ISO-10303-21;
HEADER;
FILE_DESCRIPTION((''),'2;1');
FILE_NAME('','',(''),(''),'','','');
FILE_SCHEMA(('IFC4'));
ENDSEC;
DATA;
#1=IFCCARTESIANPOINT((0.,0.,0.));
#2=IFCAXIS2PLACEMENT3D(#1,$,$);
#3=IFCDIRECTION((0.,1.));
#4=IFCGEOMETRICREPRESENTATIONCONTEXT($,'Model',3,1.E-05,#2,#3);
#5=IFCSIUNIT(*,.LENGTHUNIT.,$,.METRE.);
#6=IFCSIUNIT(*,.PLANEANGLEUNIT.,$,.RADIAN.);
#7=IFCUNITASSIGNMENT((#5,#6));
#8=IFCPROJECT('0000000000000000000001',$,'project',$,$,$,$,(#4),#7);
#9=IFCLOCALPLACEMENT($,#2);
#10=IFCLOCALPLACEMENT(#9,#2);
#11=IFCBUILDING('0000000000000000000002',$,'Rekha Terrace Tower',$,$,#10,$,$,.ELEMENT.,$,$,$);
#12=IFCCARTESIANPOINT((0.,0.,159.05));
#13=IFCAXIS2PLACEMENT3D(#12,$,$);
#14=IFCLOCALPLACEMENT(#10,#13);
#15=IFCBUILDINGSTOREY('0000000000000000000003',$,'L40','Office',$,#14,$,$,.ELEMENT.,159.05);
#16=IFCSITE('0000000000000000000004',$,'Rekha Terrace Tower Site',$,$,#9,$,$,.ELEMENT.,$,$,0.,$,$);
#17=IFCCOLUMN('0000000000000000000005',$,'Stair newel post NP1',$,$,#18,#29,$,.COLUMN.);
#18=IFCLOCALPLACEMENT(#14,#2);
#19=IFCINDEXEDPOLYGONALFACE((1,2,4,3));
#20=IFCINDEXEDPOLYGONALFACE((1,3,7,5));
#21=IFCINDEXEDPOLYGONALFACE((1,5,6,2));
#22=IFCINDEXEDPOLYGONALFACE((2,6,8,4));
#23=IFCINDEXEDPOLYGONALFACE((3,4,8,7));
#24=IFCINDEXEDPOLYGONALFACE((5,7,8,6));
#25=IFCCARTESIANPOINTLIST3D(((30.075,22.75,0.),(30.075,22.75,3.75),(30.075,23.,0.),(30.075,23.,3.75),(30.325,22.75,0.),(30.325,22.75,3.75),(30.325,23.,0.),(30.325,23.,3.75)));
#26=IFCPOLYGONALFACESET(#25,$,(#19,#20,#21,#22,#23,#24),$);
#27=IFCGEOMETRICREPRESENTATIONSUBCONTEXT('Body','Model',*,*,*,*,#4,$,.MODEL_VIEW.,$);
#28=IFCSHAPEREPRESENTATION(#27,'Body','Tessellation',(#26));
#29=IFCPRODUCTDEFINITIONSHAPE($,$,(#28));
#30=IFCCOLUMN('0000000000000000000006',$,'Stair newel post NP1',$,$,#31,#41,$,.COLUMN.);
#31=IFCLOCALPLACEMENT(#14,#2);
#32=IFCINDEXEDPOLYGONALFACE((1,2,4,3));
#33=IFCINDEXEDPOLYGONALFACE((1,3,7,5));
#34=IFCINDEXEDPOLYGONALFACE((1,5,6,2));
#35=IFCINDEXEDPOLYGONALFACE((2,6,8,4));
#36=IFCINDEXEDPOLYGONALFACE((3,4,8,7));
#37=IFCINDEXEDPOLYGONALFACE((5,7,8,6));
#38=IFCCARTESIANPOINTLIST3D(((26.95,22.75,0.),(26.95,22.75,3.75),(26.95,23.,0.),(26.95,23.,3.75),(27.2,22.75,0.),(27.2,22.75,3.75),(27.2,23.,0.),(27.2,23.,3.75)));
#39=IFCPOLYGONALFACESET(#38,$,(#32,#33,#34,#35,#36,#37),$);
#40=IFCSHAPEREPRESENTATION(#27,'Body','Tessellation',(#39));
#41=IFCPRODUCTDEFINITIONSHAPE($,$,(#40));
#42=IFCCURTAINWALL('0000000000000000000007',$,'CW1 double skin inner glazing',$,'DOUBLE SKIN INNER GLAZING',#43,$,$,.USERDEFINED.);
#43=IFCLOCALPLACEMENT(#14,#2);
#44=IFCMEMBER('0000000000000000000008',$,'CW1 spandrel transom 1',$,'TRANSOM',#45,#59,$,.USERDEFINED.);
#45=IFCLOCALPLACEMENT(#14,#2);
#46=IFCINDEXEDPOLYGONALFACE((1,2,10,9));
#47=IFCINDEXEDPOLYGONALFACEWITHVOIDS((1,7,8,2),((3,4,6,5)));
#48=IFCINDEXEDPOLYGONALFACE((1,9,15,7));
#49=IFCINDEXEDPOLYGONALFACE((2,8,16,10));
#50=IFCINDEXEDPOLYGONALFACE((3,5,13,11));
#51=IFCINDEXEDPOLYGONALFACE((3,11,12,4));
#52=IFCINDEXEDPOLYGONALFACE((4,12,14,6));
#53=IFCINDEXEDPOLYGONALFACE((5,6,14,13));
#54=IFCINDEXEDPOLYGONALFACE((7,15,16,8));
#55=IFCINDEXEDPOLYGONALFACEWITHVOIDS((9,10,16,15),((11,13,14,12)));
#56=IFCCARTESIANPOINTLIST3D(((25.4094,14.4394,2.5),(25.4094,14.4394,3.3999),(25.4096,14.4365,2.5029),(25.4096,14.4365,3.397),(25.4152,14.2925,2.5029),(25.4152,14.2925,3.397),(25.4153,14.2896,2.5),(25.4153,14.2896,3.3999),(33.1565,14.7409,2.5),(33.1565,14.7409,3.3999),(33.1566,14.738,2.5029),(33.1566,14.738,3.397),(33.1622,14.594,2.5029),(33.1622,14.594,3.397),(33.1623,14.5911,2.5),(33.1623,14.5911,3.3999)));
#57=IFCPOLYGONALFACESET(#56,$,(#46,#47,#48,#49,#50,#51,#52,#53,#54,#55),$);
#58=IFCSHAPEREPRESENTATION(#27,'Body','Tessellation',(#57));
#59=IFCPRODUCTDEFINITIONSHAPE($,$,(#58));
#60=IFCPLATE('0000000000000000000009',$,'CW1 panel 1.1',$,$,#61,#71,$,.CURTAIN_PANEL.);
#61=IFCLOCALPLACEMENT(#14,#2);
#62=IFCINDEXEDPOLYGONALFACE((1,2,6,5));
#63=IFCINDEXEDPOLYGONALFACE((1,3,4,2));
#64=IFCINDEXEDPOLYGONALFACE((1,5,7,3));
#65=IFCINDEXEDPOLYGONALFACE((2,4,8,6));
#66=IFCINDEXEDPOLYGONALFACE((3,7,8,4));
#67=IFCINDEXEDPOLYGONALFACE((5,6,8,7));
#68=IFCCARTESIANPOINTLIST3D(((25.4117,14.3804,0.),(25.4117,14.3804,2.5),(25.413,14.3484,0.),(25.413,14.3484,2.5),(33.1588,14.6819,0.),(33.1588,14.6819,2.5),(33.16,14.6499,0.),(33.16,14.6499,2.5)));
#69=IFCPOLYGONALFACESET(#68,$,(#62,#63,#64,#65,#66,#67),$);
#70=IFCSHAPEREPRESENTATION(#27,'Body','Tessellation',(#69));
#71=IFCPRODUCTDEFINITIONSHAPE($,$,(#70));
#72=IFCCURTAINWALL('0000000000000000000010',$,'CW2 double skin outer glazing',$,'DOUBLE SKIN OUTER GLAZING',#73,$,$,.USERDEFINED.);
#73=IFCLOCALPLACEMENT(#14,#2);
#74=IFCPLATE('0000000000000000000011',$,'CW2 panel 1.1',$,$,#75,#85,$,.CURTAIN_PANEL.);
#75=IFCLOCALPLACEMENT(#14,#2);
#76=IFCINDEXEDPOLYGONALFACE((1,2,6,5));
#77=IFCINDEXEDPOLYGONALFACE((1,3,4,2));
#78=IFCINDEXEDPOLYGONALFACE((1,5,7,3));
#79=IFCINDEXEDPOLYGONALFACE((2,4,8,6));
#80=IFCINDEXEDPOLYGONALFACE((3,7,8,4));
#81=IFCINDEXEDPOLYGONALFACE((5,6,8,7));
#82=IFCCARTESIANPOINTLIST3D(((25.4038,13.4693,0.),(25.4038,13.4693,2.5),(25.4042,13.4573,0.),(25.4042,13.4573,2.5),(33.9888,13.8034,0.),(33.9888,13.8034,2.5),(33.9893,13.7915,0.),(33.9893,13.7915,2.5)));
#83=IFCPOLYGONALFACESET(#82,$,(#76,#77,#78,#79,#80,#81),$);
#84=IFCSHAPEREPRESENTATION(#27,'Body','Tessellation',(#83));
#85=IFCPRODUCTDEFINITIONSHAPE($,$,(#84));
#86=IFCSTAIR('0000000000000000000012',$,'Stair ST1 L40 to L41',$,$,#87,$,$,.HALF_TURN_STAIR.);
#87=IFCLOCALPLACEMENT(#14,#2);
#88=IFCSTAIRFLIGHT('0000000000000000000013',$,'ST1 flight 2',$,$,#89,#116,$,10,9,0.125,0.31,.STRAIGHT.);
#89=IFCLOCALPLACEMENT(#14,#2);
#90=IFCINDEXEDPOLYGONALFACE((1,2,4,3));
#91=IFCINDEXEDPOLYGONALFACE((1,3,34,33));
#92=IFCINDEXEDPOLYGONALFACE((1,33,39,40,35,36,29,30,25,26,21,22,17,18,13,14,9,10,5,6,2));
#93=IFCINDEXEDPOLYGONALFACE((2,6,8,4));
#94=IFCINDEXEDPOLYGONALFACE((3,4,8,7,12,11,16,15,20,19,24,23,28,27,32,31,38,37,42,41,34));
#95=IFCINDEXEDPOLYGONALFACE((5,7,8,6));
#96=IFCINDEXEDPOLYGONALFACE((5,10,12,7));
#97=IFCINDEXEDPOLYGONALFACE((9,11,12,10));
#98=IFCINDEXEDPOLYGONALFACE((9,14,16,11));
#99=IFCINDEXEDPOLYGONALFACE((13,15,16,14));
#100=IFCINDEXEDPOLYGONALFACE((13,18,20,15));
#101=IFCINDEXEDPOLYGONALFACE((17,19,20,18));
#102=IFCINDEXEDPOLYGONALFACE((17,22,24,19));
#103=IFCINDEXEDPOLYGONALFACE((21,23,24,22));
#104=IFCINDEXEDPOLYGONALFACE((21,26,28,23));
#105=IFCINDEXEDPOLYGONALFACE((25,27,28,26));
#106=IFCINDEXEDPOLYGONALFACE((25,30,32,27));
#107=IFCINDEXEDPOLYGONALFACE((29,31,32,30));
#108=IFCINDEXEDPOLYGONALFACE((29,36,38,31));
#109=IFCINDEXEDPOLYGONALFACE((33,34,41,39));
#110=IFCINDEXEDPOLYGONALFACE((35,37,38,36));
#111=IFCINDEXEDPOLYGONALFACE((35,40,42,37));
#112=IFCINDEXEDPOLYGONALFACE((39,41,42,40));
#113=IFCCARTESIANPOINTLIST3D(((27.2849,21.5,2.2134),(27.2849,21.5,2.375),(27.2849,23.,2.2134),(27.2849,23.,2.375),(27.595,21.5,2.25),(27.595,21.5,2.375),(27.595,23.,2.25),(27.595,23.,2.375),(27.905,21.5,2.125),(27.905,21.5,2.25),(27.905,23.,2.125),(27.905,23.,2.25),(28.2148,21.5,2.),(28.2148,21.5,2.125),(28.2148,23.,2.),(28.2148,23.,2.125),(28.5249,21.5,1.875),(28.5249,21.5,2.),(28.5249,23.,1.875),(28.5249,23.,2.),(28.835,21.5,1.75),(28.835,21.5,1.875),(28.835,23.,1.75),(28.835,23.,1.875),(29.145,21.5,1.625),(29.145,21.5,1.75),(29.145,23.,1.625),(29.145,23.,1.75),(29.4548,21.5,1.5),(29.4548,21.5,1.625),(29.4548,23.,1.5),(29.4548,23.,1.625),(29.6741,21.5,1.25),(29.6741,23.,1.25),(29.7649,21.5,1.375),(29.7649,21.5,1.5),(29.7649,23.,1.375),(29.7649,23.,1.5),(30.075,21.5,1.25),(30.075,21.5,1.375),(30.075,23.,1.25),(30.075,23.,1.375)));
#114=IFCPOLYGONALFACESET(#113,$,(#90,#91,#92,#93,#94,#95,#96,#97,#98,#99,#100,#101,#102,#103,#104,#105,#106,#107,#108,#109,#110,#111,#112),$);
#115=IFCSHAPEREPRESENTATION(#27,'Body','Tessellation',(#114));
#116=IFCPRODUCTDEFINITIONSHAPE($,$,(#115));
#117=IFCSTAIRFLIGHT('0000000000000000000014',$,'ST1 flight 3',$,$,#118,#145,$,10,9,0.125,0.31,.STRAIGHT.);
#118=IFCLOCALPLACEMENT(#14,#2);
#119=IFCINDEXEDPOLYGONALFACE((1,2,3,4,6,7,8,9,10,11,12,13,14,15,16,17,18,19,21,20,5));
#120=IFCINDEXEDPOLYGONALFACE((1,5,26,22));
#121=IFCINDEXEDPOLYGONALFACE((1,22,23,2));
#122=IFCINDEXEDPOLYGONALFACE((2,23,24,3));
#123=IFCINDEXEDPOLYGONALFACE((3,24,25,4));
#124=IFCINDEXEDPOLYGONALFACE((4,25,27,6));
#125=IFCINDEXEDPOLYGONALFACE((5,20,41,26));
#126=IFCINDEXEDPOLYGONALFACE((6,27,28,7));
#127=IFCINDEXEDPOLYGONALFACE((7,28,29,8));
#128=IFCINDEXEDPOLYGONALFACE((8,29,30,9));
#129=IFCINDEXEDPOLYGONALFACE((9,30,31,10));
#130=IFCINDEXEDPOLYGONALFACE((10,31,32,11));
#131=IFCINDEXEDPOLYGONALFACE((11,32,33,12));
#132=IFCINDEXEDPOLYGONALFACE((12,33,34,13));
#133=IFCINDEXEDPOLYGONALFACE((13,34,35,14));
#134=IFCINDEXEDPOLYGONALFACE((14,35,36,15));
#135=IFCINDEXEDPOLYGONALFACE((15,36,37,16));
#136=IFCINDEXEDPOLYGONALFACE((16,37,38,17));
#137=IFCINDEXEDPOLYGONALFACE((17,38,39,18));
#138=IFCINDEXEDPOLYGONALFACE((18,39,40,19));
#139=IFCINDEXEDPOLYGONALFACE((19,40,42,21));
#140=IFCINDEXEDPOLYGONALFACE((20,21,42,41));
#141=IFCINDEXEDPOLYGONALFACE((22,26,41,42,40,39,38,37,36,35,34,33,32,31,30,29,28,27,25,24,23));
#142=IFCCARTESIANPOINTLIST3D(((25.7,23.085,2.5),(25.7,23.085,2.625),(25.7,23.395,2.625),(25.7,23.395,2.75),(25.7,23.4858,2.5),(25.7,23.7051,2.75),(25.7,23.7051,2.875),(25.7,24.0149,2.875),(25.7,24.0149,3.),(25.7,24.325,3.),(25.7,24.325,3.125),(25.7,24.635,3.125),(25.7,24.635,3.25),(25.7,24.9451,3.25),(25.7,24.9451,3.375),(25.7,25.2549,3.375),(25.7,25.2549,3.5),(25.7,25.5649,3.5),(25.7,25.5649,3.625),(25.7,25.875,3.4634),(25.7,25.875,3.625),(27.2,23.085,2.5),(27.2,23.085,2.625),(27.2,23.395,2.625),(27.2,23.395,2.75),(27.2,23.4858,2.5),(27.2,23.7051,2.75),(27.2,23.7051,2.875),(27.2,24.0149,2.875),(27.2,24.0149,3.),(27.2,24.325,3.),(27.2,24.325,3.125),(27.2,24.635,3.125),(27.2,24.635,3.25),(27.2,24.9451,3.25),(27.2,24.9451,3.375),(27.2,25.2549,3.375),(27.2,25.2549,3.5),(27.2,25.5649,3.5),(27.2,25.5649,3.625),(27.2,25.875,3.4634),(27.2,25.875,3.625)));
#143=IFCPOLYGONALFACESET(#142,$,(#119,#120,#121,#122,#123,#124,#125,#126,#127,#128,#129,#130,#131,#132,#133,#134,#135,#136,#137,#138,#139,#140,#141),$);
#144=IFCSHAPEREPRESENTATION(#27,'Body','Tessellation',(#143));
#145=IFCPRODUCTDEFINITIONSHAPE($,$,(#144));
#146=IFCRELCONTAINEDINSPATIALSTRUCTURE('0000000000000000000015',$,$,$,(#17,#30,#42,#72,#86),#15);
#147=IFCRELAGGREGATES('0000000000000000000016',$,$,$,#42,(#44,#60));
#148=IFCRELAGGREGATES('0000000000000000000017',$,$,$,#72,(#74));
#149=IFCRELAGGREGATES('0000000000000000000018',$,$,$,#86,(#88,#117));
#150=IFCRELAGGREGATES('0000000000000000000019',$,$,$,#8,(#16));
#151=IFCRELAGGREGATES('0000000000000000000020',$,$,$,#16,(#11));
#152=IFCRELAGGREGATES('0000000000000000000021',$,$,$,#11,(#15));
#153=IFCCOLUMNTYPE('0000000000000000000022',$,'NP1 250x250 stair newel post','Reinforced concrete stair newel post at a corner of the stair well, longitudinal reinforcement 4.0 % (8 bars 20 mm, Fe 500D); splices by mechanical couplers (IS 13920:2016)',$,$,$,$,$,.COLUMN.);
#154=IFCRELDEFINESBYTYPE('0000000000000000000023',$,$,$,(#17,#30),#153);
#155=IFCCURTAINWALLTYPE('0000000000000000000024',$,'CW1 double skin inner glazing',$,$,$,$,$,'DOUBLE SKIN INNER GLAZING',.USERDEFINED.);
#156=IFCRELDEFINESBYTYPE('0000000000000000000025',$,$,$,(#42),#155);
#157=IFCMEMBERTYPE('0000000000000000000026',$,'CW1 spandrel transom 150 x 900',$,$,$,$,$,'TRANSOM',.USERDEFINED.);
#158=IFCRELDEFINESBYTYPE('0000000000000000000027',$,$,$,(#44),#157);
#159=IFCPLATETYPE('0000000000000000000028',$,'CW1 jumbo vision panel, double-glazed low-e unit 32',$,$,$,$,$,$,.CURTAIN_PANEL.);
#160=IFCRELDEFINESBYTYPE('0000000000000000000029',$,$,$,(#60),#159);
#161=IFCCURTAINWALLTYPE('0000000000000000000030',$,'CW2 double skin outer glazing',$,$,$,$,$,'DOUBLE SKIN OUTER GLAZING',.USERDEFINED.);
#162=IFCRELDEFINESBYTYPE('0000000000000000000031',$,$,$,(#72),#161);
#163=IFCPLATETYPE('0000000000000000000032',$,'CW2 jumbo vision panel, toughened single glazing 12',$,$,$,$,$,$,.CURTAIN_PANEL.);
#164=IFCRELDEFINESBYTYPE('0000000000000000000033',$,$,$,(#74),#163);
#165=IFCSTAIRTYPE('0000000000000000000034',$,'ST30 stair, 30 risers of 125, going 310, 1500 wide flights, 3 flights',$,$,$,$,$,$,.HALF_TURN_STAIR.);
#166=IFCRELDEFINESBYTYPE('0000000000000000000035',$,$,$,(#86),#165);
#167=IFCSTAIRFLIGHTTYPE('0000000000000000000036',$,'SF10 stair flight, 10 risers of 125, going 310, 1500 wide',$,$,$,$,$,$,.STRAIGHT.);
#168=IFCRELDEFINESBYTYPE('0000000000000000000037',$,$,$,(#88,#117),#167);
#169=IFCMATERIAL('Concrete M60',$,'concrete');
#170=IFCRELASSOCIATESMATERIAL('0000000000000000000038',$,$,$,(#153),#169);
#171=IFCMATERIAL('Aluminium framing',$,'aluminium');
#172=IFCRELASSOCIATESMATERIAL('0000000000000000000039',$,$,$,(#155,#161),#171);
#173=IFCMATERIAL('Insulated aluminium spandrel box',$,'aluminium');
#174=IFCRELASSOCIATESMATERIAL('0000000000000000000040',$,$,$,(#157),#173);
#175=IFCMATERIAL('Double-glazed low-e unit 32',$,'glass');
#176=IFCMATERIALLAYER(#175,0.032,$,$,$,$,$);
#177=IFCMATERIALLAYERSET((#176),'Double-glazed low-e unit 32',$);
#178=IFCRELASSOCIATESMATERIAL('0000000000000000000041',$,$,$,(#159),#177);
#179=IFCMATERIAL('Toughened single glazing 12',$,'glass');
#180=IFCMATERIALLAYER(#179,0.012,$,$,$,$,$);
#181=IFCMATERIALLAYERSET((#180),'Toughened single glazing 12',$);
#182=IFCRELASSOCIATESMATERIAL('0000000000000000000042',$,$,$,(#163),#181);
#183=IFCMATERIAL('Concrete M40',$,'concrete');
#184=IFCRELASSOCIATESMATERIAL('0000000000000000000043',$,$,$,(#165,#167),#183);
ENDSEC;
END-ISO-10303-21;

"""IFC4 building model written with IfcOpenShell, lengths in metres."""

from ifc_helpers import new_model, si_unit, direction, frame, origin, origin_2d, place, context, subcontext, project, spatial, polyline, rectangle, hollow_rectangle, outline, extrude, material, layer, layer_set, material_profile, profile_set, type_object, element, aggregate, save


model = new_model("IFC4")

# Units and contexts
model_context = context("Model", 3, precision=1e-05, world=origin(), true_north=direction((0.0, 1.0)))
body_context = subcontext(model_context, "Body", "Model", "MODEL_VIEW")
ifc_project = project(units=[si_unit("LENGTHUNIT", "METRE"), si_unit("PLANEANGLEUNIT", "RADIAN")], contexts=[model_context])

# Site, building, storey
site_placement = place(None, origin())
site = spatial("IfcSite", under=ifc_project, at=site_placement, Name="Rekha Terrace Tower Site", CompositionType="ELEMENT", RefElevation=0.0)
building_placement = place(site_placement, origin())
building = spatial("IfcBuilding", under=site, at=building_placement, Name="Rekha Terrace Tower", CompositionType="ELEMENT")
storey_placement = place(building_placement, frame((0.0, 0.0, 159.05)))
storey = spatial("IfcBuildingStorey", under=building, at=storey_placement, Name="L40", Description="Office", CompositionType="ELEMENT", Elevation=159.05)

# Columns
ifc_material_1 = material(Name="Concrete M60", Category="concrete")
ifc_material_profile_1 = material_profile(ifc_material_1, rectangle(XDim=0.25, YDim=0.25, at=origin_2d()), Name="RC 250x250")
ifc_profile_set_1 = profile_set([ifc_material_profile_1], Name="Concrete M60")
column_type = type_object("IfcColumnType", Name="NP1 250x250 stair newel post", Description="Reinforced concrete stair newel post at a corner of the stair well, longitudinal reinforcement 4.0 % (8 bars 20 mm, Fe 500D); splices by mechanical couplers (IS 13920:2016)", PredefinedType="COLUMN", material=ifc_profile_set_1)
for number, where, z_axis, x_axis, name in (
    (1, (30.2, 22.875, 0.0), (0.0, 0.0, 1.0), (1.0, 0.0, 0.0), "Stair newel post NP1"),
    (2, (27.075, 22.875, 0.0), (0.0, 0.0, 1.0), (1.0, 0.0, 0.0), "Stair newel post NP1"),
):
    element("IfcColumn", number, at=place(storey_placement, frame(where, z_axis=z_axis, x_axis=x_axis)), inside=storey, type_object=column_type, Name=name, PredefinedType="COLUMN", context=body_context, shape_type="SweptSolid", body=[
        extrude(rectangle(XDim=0.25, YDim=0.25, at=origin_2d()), origin(), (0.0, 0.0, 1.0), 3.75),
    ])

# Curtain wall, member, plate
ifc_material_2 = material(Name="Aluminium framing", Category="aluminium")
curtain_wall_type_1 = type_object("IfcCurtainWallType", Name="CW1 double skin inner glazing", ElementType="DOUBLE SKIN INNER GLAZING", PredefinedType="USERDEFINED", material=ifc_material_2)
curtain_wall_1_placement = place(storey_placement, origin())
curtain_wall_1 = element("IfcCurtainWall", 3, at=curtain_wall_1_placement, inside=storey, type_object=curtain_wall_type_1, Name="CW1 double skin inner glazing", ObjectType="DOUBLE SKIN INNER GLAZING", PredefinedType="USERDEFINED")
ifc_material_3 = material(Name="Insulated aluminium spandrel box", Category="aluminium")
ifc_material_profile_2 = material_profile(ifc_material_3, hollow_rectangle(XDim=0.1499, YDim=0.8999, WallThickness=0.0029, at=origin_2d()), Name="AL SPANDREL BOX 150x900")
ifc_profile_set_2 = profile_set([ifc_material_profile_2], Name="Insulated aluminium spandrel box")
member_type = type_object("IfcMemberType", Name="CW1 spandrel transom 150 x 900", ElementType="TRANSOM", PredefinedType="USERDEFINED", material=ifc_profile_set_2)
member_placement = place(storey_placement, frame((25.4124, 14.3645, 2.95), z_axis=(0.999243, 0.03889, 0.0), x_axis=(-0.03889, 0.999243, 0.0)))
member = element("IfcMember", 4, at=member_placement, type_object=member_type, Name="CW1 spandrel transom 1", ObjectType="TRANSOM", PredefinedType="USERDEFINED", context=body_context, shape_type="SweptSolid", body=[
    extrude(hollow_rectangle(XDim=0.1499, YDim=0.8999, WallThickness=0.0029, at=origin_2d()), origin(), (0.0, 0.0, 1.0), 7.7529),
])
ifc_material_4 = material(Name="Double-glazed low-e unit 32", Category="glass")
ifc_layer_1 = layer(ifc_material_4, 0.032)
ifc_layer_set_1 = layer_set([ifc_layer_1], Name="Double-glazed low-e unit 32")
plate_type_1 = type_object("IfcPlateType", Name="CW1 jumbo vision panel, double-glazed low-e unit 32", PredefinedType="CURTAIN_PANEL", material=ifc_layer_set_1)
plate_1_placement = place(storey_placement, frame((29.2859, 14.5151, 0.0), z_axis=(0.0, 0.0, 1.0), x_axis=(0.999243, 0.03889, 0.0)))
plate_1 = element("IfcPlate", 5, at=plate_1_placement, type_object=plate_type_1, Name="CW1 panel 1.1", PredefinedType="CURTAIN_PANEL", context=body_context, shape_type="SweptSolid", body=[
    extrude(rectangle(XDim=7.7529, YDim=0.032, at=origin_2d()), origin(), (0.0, 0.0, 1.0), 2.5),
])
aggregate(curtain_wall_1, [member, plate_1])

# Curtain wall, plate
curtain_wall_type_2 = type_object("IfcCurtainWallType", Name="CW2 double skin outer glazing", ElementType="DOUBLE SKIN OUTER GLAZING", PredefinedType="USERDEFINED", material=ifc_material_2)
curtain_wall_2_placement = place(storey_placement, origin())
curtain_wall_2 = element("IfcCurtainWall", 6, at=curtain_wall_2_placement, inside=storey, type_object=curtain_wall_type_2, Name="CW2 double skin outer glazing", ObjectType="DOUBLE SKIN OUTER GLAZING", PredefinedType="USERDEFINED")
ifc_material_5 = material(Name="Toughened single glazing 12", Category="glass")
ifc_layer_2 = layer(ifc_material_5, 0.012)
ifc_layer_set_2 = layer_set([ifc_layer_2], Name="Toughened single glazing 12")
plate_type_2 = type_object("IfcPlateType", Name="CW2 jumbo vision panel, toughened single glazing 12", PredefinedType="CURTAIN_PANEL", material=ifc_layer_set_2)
plate_2_placement = place(storey_placement, frame((29.6965, 13.6304, 0.0), z_axis=(0.0, 0.0, 1.0), x_axis=(0.999243, 0.03889, 0.0)))
plate_2 = element("IfcPlate", 7, at=plate_2_placement, type_object=plate_type_2, Name="CW2 panel 1.1", PredefinedType="CURTAIN_PANEL", context=body_context, shape_type="SweptSolid", body=[
    extrude(rectangle(XDim=8.5916, YDim=0.012, at=origin_2d()), origin(), (0.0, 0.0, 1.0), 2.5),
])
aggregate(curtain_wall_2, [plate_2])

# Stair, stair flights
ifc_material_6 = material(Name="Concrete M40", Category="concrete")
stair_type = type_object("IfcStairType", Name="ST30 stair, 30 risers of 125, going 310, 1500 wide flights, 3 flights", PredefinedType="HALF_TURN_STAIR", material=ifc_material_6)
stair_placement = place(storey_placement, origin())
stair = element("IfcStair", 8, at=stair_placement, inside=storey, type_object=stair_type, Name="Stair ST1 L40 to L41", PredefinedType="HALF_TURN_STAIR")
stair_flight_type = type_object("IfcStairFlightType", Name="SF10 stair flight, 10 risers of 125, going 310, 1500 wide", PredefinedType="STRAIGHT", material=ifc_material_6)
stair_flight_1_placement = place(storey_placement, frame((30.075, 22.25, 1.25), z_axis=(0.0, 0.0, 1.0), x_axis=(-1.0, 0.0, 0.0)))
stair_flight_1 = element("IfcStairFlight", 9, at=stair_flight_1_placement, type_object=stair_flight_type, Name="ST1 flight 2", NumberOfRisers=10, NumberOfTreads=9, PredefinedType="STRAIGHT", RiserHeight=0.125, TreadLength=0.31, context=body_context, shape_type="SweptSolid", body=[
    extrude(outline(polyline([(0.0, 0.0), (0.0, 0.125), (0.3101, 0.125), (0.3101, 0.25), (0.6201, 0.25), (0.6201, 0.375), (0.9299, 0.375), (0.9299, 0.5), (1.24, 0.5), (1.24, 0.625), (1.55, 0.625), (1.55, 0.75), (1.8601, 0.75), (1.8601, 0.875), (2.1699, 0.875), (2.1699, 1.0), (2.48, 1.0), (2.48, 1.125), (2.79, 1.125), (2.79, 1.25), (2.79, 0.9634), (0.4009, 0.0), (0.0, 0.0)])), frame((0.0, 0.75, 0.0), z_axis=(0.0, -1.0, 0.0), x_axis=(1.0, 0.0, 0.0)), (0.0, 0.0, 1.0), 1.5),
])
stair_flight_2_placement = place(storey_placement, frame((26.45, 23.085, 2.5), z_axis=(0.0, 0.0, 1.0), x_axis=(0.0, 1.0, 0.0)))
stair_flight_2 = element("IfcStairFlight", 10, at=stair_flight_2_placement, type_object=stair_flight_type, Name="ST1 flight 3", NumberOfRisers=10, NumberOfTreads=9, PredefinedType="STRAIGHT", RiserHeight=0.125, TreadLength=0.31, context=body_context, shape_type="SweptSolid", body=[
    extrude(outline(polyline([(0.0, 0.0), (0.0, 0.125), (0.3101, 0.125), (0.3101, 0.25), (0.6201, 0.25), (0.6201, 0.375), (0.9299, 0.375), (0.9299, 0.5), (1.24, 0.5), (1.24, 0.625), (1.55, 0.625), (1.55, 0.75), (1.8601, 0.75), (1.8601, 0.875), (2.1699, 0.875), (2.1699, 1.0), (2.48, 1.0), (2.48, 1.125), (2.79, 1.125), (2.79, 1.25), (2.79, 0.9634), (0.4009, 0.0), (0.0, 0.0)])), frame((0.0, 0.75, 0.0), z_axis=(0.0, -1.0, 0.0), x_axis=(1.0, 0.0, 0.0)), (0.0, 0.0, 1.0), 1.5),
])
aggregate(stair, [stair_flight_1, stair_flight_2])

save(model, "model.ifc")
